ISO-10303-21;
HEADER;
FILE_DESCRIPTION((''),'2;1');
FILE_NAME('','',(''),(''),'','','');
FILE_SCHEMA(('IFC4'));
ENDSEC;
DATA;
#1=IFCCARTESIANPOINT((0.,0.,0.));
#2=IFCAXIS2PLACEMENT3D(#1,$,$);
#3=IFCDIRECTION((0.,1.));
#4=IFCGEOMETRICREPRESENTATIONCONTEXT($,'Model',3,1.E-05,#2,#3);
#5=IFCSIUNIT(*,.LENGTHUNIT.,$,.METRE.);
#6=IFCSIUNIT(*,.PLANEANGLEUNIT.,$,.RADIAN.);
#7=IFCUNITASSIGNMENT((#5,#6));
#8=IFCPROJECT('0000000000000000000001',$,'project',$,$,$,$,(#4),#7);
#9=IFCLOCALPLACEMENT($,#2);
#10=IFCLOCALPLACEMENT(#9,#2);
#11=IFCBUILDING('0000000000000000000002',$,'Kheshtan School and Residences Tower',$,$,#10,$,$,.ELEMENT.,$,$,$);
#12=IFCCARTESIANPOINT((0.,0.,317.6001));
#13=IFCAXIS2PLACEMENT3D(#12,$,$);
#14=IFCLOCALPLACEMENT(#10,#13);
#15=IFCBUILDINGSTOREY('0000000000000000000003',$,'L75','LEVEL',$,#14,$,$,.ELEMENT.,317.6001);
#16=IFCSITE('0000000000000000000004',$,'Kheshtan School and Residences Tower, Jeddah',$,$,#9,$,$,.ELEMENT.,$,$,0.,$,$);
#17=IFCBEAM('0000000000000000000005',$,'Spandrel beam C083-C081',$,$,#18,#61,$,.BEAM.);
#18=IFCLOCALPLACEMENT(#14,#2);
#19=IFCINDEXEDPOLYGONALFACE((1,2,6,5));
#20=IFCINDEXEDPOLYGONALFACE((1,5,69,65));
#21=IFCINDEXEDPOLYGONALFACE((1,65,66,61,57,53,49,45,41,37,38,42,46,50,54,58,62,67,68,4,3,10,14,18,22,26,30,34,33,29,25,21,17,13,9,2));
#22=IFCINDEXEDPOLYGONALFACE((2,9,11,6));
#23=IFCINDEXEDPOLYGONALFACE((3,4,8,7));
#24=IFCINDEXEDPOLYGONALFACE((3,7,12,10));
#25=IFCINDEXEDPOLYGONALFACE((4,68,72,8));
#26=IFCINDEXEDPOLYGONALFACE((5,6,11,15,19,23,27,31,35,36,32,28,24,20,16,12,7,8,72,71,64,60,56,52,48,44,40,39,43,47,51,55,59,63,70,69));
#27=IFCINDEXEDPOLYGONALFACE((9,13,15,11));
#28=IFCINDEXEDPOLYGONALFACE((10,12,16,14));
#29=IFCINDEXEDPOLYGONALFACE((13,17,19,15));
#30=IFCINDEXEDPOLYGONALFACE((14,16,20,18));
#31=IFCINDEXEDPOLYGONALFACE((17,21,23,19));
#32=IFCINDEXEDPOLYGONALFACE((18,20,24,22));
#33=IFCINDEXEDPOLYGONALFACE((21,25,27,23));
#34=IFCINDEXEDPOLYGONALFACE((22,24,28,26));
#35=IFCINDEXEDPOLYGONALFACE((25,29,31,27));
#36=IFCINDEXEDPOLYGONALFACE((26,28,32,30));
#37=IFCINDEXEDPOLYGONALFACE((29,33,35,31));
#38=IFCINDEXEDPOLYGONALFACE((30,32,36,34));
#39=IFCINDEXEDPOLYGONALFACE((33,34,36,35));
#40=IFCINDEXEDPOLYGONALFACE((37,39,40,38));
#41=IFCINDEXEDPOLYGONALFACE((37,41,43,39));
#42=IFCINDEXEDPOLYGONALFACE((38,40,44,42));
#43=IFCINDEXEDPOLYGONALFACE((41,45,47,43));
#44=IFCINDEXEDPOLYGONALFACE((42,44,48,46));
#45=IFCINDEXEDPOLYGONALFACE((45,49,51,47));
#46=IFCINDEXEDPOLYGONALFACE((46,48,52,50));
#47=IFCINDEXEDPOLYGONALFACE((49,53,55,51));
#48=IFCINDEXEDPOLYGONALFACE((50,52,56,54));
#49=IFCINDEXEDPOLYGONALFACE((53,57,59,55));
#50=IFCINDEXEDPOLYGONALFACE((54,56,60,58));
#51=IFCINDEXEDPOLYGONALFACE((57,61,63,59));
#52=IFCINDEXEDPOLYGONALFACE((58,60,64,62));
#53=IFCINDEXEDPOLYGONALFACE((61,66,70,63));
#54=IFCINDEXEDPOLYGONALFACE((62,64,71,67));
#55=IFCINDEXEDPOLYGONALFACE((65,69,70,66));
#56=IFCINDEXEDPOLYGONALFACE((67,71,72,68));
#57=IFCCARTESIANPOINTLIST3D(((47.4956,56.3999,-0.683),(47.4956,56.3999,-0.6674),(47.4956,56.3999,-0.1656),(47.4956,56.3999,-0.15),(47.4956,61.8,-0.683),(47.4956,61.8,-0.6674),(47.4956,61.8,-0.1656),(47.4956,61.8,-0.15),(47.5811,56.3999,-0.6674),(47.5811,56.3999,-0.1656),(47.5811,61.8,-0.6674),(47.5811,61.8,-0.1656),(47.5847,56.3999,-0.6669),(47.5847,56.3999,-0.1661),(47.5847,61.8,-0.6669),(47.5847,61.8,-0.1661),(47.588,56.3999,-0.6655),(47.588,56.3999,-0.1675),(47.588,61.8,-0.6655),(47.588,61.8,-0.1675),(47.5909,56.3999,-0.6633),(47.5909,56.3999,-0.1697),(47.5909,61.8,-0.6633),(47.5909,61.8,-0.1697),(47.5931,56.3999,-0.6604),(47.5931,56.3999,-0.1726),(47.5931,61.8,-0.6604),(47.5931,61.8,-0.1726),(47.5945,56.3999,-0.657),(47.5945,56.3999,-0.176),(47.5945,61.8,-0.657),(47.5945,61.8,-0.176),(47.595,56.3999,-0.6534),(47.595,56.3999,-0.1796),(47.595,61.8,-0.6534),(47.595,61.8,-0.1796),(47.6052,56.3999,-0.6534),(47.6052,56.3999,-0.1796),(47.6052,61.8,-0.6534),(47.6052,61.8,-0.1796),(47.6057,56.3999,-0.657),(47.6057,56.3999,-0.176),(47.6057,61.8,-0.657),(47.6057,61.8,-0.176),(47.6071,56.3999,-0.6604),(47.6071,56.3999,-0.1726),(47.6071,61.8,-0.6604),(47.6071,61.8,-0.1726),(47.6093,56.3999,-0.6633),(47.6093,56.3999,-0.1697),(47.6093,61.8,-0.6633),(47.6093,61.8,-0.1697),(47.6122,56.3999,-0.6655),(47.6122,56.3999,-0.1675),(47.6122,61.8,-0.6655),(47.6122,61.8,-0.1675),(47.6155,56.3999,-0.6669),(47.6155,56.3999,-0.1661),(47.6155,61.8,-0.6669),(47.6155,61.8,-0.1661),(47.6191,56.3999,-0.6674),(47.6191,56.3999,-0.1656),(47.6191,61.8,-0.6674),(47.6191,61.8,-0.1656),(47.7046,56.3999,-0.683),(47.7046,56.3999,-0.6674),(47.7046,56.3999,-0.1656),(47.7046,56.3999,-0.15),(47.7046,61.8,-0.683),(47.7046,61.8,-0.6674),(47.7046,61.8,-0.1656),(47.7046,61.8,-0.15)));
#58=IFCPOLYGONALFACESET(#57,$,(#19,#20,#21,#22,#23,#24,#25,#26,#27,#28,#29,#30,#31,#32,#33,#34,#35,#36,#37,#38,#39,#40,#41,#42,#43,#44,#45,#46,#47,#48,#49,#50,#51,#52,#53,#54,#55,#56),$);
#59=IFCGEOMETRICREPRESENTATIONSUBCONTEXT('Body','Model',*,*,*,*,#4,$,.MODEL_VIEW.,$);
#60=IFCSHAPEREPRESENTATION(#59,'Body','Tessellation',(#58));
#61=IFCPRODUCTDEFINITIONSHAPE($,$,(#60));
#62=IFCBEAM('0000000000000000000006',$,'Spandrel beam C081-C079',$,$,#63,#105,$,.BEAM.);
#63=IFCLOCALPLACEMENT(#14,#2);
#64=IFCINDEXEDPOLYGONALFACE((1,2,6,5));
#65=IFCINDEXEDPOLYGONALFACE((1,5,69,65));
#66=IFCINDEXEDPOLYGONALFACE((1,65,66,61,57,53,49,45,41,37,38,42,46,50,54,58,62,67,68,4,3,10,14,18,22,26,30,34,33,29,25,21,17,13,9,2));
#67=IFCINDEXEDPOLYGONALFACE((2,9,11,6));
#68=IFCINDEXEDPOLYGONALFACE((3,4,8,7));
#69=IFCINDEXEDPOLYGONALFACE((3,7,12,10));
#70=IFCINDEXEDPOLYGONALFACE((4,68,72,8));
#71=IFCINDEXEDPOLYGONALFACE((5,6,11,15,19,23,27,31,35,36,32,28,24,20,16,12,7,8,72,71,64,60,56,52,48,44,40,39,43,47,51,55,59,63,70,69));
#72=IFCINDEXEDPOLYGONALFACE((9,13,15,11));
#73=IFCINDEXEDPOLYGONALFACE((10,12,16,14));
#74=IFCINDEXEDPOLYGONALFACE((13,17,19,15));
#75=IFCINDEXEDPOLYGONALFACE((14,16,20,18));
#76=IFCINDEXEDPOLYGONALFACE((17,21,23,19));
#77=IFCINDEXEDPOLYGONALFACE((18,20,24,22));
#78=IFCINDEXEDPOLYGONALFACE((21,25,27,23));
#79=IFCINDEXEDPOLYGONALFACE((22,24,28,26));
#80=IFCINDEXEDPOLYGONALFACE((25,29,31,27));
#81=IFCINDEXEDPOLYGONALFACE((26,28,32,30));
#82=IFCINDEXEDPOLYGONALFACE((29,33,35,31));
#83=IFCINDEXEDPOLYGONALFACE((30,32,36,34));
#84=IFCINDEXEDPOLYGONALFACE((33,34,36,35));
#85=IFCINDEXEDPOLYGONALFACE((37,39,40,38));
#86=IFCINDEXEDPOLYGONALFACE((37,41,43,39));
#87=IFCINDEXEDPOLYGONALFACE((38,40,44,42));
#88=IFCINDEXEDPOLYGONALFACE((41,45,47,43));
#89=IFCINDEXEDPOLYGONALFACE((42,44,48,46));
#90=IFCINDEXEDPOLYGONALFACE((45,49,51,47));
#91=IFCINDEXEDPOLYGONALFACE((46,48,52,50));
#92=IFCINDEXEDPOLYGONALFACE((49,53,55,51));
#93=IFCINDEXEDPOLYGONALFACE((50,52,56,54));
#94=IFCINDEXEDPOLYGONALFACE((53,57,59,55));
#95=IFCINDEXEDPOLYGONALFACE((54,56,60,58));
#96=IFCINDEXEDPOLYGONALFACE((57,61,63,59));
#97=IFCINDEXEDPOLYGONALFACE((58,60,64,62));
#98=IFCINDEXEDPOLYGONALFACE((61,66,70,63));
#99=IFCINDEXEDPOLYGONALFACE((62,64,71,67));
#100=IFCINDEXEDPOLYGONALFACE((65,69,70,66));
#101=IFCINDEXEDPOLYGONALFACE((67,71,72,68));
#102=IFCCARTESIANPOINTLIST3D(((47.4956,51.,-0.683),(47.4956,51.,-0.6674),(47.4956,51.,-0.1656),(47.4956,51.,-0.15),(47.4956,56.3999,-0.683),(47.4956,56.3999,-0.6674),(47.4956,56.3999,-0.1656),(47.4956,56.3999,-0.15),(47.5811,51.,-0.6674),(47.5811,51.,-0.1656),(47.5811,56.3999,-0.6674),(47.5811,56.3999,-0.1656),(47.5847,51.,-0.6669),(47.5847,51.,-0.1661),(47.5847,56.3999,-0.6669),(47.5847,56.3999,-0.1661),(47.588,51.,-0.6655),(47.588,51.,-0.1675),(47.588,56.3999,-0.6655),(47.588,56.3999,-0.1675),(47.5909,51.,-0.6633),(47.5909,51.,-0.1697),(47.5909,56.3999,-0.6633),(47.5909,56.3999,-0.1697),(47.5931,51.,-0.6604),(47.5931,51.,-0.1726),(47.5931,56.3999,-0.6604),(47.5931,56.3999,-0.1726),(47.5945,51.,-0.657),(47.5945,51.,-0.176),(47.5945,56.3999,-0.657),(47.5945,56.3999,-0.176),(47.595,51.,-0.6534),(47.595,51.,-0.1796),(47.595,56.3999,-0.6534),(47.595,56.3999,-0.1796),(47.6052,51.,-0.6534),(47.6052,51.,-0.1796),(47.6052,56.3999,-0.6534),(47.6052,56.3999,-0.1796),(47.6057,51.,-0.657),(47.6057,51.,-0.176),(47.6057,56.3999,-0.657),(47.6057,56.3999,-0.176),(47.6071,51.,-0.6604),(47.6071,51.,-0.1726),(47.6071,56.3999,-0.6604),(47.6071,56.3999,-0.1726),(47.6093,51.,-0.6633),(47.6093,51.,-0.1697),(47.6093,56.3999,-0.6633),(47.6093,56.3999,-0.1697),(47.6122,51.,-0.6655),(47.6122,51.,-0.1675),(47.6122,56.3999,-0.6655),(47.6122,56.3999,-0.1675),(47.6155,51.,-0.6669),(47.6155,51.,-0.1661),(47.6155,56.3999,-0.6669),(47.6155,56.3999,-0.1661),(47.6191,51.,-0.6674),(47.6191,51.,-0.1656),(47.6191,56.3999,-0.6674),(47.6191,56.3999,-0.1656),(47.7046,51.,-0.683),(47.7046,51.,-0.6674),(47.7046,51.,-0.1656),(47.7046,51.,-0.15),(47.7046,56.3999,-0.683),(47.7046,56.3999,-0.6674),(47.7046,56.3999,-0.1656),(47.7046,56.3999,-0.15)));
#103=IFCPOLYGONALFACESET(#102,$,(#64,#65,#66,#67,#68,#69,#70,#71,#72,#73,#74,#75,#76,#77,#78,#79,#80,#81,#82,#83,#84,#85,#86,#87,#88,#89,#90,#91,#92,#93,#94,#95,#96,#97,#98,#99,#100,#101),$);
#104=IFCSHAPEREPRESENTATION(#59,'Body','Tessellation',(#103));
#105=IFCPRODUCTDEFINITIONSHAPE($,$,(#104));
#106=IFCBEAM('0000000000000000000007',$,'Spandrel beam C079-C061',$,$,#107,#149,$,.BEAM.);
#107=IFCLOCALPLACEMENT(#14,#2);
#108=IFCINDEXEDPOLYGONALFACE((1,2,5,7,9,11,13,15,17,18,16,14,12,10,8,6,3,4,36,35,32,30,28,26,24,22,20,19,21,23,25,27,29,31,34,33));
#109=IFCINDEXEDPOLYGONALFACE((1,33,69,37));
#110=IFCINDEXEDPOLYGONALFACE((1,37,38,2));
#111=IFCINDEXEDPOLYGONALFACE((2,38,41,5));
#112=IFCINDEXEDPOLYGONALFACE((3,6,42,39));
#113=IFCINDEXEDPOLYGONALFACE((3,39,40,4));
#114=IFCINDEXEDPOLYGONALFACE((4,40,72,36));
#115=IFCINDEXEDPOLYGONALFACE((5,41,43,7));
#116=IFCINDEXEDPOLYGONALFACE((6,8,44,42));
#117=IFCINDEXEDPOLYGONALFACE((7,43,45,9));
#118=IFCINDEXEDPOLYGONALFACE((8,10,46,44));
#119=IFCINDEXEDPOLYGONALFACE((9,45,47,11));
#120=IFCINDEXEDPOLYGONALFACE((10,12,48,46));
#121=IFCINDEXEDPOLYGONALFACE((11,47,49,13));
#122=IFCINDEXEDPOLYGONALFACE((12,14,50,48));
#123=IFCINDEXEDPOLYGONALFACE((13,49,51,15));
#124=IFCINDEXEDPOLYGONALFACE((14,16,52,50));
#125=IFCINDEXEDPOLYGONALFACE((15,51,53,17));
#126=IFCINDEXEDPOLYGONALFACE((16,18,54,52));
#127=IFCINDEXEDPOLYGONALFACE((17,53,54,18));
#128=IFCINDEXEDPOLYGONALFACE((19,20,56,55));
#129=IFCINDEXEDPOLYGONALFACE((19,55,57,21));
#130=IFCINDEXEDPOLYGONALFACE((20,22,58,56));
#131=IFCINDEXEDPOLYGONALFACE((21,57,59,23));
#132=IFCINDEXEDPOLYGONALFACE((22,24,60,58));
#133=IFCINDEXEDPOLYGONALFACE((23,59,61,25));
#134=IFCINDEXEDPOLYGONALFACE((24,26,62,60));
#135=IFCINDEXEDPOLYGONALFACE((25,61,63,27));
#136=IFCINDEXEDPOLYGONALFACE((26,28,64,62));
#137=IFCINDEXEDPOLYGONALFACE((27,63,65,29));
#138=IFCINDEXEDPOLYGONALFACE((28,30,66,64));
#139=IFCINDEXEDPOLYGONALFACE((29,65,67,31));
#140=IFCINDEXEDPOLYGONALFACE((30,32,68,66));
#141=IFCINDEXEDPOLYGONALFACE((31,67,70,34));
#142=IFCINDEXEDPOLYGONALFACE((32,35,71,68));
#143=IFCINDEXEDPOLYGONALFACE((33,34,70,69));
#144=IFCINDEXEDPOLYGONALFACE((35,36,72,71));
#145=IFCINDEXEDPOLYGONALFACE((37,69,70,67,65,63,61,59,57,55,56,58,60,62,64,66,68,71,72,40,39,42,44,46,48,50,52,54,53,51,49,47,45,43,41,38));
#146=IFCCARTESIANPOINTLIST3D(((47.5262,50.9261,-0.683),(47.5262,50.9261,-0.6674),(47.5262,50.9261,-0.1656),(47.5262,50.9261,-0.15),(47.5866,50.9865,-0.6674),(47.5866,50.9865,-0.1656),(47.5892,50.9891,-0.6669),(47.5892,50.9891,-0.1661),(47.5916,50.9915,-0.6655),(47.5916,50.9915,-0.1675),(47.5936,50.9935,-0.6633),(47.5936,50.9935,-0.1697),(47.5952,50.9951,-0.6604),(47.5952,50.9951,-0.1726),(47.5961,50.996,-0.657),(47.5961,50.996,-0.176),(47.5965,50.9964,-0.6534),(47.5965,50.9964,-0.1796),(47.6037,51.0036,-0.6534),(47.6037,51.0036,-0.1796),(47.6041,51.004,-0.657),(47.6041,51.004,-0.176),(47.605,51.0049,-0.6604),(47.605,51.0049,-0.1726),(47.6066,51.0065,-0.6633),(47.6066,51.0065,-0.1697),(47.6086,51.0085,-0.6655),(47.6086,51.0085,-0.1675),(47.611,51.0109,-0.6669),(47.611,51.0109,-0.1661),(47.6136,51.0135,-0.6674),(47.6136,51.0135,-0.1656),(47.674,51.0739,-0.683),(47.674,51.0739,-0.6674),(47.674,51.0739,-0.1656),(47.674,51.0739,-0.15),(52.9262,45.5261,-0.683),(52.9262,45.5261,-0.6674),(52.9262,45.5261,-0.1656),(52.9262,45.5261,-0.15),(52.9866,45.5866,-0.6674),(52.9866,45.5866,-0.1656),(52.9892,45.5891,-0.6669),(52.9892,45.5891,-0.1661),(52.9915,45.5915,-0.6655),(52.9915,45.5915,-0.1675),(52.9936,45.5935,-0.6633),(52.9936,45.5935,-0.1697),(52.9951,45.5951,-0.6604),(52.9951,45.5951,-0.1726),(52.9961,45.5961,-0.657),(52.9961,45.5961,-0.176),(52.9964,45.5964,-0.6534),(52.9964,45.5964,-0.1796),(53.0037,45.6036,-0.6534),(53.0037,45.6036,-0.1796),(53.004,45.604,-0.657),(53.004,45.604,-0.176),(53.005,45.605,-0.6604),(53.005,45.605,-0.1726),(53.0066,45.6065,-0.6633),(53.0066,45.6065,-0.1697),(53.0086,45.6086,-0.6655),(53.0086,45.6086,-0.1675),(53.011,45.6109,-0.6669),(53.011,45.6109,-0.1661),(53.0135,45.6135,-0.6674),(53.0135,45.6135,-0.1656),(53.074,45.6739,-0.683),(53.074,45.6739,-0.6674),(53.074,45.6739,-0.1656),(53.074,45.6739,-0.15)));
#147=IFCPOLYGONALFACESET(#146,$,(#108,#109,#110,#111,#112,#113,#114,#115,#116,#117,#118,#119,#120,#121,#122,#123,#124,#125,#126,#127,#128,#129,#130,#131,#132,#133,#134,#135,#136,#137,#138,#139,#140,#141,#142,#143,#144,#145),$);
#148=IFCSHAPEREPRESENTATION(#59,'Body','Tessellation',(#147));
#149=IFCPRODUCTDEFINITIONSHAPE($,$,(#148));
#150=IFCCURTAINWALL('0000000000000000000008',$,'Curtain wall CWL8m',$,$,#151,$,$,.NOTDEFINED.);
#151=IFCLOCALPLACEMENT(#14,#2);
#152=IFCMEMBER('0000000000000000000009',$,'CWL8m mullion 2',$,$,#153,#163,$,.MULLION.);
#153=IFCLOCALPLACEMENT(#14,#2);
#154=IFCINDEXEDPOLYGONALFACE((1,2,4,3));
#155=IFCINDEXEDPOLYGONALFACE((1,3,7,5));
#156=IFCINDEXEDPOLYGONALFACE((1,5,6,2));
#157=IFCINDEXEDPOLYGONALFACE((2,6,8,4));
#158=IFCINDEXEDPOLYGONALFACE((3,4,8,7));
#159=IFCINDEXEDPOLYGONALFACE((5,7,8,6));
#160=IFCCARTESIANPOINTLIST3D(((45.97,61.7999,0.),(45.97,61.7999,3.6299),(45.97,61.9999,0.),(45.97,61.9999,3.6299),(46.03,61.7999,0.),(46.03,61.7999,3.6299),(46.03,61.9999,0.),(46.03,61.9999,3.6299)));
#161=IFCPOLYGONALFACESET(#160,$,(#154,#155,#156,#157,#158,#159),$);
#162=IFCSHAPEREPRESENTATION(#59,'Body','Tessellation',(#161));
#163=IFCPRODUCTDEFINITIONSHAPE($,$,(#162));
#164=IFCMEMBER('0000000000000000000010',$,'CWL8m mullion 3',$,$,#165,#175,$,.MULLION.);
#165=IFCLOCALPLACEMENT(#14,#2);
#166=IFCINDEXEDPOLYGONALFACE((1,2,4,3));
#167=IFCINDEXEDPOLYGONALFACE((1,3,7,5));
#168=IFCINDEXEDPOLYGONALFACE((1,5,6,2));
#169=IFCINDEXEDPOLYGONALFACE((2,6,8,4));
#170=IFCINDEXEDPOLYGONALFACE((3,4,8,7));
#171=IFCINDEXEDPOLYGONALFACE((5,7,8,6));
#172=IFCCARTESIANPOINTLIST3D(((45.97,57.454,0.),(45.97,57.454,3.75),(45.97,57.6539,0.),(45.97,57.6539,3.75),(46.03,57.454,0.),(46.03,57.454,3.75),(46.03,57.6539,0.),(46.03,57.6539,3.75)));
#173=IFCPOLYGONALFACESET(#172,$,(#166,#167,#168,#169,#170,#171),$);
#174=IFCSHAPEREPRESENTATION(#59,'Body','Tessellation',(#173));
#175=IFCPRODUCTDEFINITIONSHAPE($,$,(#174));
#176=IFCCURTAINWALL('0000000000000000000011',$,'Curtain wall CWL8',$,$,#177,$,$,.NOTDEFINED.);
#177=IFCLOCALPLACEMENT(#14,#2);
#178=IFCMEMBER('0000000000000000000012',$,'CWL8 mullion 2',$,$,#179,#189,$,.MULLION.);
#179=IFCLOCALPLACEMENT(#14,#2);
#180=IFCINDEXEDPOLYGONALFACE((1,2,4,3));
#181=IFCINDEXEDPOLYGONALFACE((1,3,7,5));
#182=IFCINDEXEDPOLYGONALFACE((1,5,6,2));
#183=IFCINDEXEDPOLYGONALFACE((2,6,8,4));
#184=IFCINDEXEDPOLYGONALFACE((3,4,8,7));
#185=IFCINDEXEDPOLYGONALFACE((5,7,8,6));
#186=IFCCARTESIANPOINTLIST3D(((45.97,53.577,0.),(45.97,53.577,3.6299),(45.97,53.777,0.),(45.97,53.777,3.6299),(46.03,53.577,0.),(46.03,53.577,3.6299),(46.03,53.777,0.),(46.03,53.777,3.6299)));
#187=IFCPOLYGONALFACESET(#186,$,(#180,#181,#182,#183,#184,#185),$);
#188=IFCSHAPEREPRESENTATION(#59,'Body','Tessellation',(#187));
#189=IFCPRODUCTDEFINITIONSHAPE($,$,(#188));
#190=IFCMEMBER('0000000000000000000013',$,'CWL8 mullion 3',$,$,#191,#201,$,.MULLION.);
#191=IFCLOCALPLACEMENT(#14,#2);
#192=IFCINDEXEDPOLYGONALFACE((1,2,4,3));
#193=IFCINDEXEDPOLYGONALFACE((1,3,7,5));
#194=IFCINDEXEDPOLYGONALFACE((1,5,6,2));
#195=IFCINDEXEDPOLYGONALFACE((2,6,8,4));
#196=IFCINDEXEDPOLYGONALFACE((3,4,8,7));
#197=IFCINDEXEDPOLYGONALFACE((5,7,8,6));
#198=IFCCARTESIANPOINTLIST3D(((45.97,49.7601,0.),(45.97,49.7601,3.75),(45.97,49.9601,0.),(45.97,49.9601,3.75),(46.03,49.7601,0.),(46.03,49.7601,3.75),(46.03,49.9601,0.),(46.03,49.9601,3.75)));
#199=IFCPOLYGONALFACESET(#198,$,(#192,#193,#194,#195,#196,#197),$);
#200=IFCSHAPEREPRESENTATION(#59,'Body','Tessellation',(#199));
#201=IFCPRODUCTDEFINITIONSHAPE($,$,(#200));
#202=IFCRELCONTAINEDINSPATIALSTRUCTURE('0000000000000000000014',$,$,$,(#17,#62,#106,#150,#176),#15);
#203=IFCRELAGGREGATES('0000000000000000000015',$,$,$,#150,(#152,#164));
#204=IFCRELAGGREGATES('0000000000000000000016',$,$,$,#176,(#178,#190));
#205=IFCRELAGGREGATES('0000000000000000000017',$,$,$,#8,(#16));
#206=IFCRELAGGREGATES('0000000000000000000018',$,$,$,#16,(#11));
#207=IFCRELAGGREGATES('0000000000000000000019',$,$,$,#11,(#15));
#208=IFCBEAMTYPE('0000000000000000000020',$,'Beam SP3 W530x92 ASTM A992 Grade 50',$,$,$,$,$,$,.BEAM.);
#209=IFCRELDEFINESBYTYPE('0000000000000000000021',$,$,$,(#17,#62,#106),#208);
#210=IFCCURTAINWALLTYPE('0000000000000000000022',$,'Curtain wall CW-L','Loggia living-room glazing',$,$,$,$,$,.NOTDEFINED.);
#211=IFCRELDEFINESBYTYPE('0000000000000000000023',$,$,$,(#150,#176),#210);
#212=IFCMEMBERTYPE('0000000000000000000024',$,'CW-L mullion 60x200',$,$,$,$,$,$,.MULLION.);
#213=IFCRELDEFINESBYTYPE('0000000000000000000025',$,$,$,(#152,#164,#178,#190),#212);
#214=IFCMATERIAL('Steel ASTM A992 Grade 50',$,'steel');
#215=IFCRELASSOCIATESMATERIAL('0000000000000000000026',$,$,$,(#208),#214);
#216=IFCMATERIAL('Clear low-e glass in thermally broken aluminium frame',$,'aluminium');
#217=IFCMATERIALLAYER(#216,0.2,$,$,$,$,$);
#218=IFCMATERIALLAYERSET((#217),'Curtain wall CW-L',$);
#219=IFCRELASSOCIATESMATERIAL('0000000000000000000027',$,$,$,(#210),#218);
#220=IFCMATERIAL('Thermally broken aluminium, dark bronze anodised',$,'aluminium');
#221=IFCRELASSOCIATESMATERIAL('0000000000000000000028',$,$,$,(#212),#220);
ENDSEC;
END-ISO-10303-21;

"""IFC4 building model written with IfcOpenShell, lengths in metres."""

from ifc_helpers import new_model, si_unit, direction, frame, origin, origin_2d, place, context, subcontext, project, spatial, rectangle, i_section, extrude, material, layer, layer_set, material_profile, profile_set, type_object, element, aggregate, save


model = new_model("IFC4")

# Units and contexts
model_context = context("Model", 3, precision=1e-05, world=origin(), true_north=direction((0.0, 1.0)))
body_context = subcontext(model_context, "Body", "Model", "MODEL_VIEW")
ifc_project = project(units=[si_unit("LENGTHUNIT", "METRE"), si_unit("PLANEANGLEUNIT", "RADIAN")], contexts=[model_context])

# Site, building, storey
site_placement = place(None, origin())
site = spatial("IfcSite", under=ifc_project, at=site_placement, Name="Kheshtan School and Residences Tower, Jeddah", CompositionType="ELEMENT", RefElevation=0.0)
building_placement = place(site_placement, origin())
building = spatial("IfcBuilding", under=site, at=building_placement, Name="Kheshtan School and Residences Tower", CompositionType="ELEMENT")
storey_placement = place(building_placement, frame((0.0, 0.0, 317.6001)))
storey = spatial("IfcBuildingStorey", under=building, at=storey_placement, Name="L75", Description="LEVEL", CompositionType="ELEMENT", Elevation=317.6001)

# Shared definitions
ifc_material_1 = material(Name="Steel ASTM A992 Grade 50", Category="steel")

# Beams
ifc_material_profile_1 = material_profile(ifc_material_1, i_section(OverallWidth=0.209, OverallDepth=0.533, WebThickness=0.0103, FlangeThickness=0.0156, FilletRadius=0.0139, at=origin_2d()), Name="W530x92")
ifc_profile_set_1 = profile_set([ifc_material_profile_1], Name="Steel ASTM A992 Grade 50")
beam_type_1 = type_object("IfcBeamType", Name="Beam SP3 W530x92 ASTM A992 Grade 50", PredefinedType="BEAM", material=ifc_profile_set_1)
beam_1_placement = place(storey_placement, frame((47.6001, 61.8, -0.4165), z_axis=(0.0, -1.0, 0.0), x_axis=(1.0, 0.0, 0.0)))
element("IfcBeam", 1, at=beam_1_placement, inside=storey, type_object=beam_type_1, Name="Spandrel beam C083-C081", PredefinedType="BEAM", context=body_context, shape_type="SweptSolid", body=[
    extrude(i_section(OverallWidth=0.209, OverallDepth=0.533, WebThickness=0.0103, FlangeThickness=0.0156, FilletRadius=0.0139, at=origin_2d()), origin(), (0.0, 0.0, 1.0), 5.4001),
])
beam_2_placement = place(storey_placement, frame((47.6001, 56.3999, -0.4165), z_axis=(0.0, -1.0, 0.0), x_axis=(1.0, 0.0, 0.0)))
element("IfcBeam", 2, at=beam_2_placement, inside=storey, type_object=beam_type_1, Name="Spandrel beam C081-C079", PredefinedType="BEAM", context=body_context, shape_type="SweptSolid", body=[
    extrude(i_section(OverallWidth=0.209, OverallDepth=0.533, WebThickness=0.0103, FlangeThickness=0.0156, FilletRadius=0.0139, at=origin_2d()), origin(), (0.0, 0.0, 1.0), 5.3999),
])
beam_3_placement = place(storey_placement, frame((47.6001, 51.0, -0.4165), z_axis=(0.707107, -0.707107, 0.0), x_axis=(0.707107, 0.707107, 0.0)))
element("IfcBeam", 3, at=beam_3_placement, inside=storey, type_object=beam_type_1, Name="Spandrel beam C079-C061", PredefinedType="BEAM", context=body_context, shape_type="SweptSolid", body=[
    extrude(i_section(OverallWidth=0.209, OverallDepth=0.533, WebThickness=0.0103, FlangeThickness=0.0156, FilletRadius=0.0139, at=origin_2d()), origin(), (0.0, 0.0, 1.0), 7.6367),
])

# Curtain walls, members
ifc_material_2 = material(Name="Clear low-e glass in thermally broken aluminium frame", Category="aluminium")
ifc_layer_1 = layer(ifc_material_2, 0.2)
ifc_layer_set_1 = layer_set([ifc_layer_1], Name="Curtain wall CW-L")
curtain_wall_type = type_object("IfcCurtainWallType", Name="Curtain wall CW-L", Description="Loggia living-room glazing", PredefinedType="NOTDEFINED", material=ifc_layer_set_1)
curtain_wall_1_placement = place(storey_placement, origin())
curtain_wall_1 = element("IfcCurtainWall", 4, at=curtain_wall_1_placement, inside=storey, type_object=curtain_wall_type, Name="Curtain wall CWL8m", PredefinedType="NOTDEFINED")
ifc_material_3 = material(Name="Thermally broken aluminium, dark bronze anodised", Category="aluminium")
ifc_material_profile_2 = material_profile(ifc_material_3, rectangle(XDim=0.0601, YDim=0.2, at=origin_2d()), Name="CW-L mullion 60x200")
ifc_profile_set_2 = profile_set([ifc_material_profile_2], Name="Thermally broken aluminium, dark bronze anodised")
member_type_1 = type_object("IfcMemberType", Name="CW-L mullion 60x200", PredefinedType="MULLION", material=ifc_profile_set_2)
member_1_placement = place(storey_placement, frame((46.0, 61.8999, 0.0), z_axis=(0.0, 0.0, 1.0), x_axis=(1.0, 0.0, 0.0)))
member_1 = element("IfcMember", 5, at=member_1_placement, type_object=member_type_1, Name="CWL8m mullion 2", PredefinedType="MULLION", context=body_context, shape_type="SweptSolid", body=[
    extrude(rectangle(XDim=0.0601, YDim=0.2, at=origin_2d()), origin(), (0.0, 0.0, 1.0), 3.6299),
])
member_2_placement = place(storey_placement, frame((46.0, 57.554, 0.0), z_axis=(0.0, 0.0, 1.0), x_axis=(1.0, 0.0, 0.0)))
member_2 = element("IfcMember", 6, at=member_2_placement, type_object=member_type_1, Name="CWL8m mullion 3", PredefinedType="MULLION", context=body_context, shape_type="SweptSolid", body=[
    extrude(rectangle(XDim=0.0601, YDim=0.2, at=origin_2d()), origin(), (0.0, 0.0, 1.0), 3.75),
])
curtain_wall_2_placement = place(storey_placement, origin())
curtain_wall_2 = element("IfcCurtainWall", 7, at=curtain_wall_2_placement, inside=storey, type_object=curtain_wall_type, Name="Curtain wall CWL8", PredefinedType="NOTDEFINED")
member_3_placement = place(storey_placement, frame((46.0, 53.677, 0.0), z_axis=(0.0, 0.0, 1.0), x_axis=(1.0, 0.0, 0.0)))
member_3 = element("IfcMember", 8, at=member_3_placement, type_object=member_type_1, Name="CWL8 mullion 2", PredefinedType="MULLION", context=body_context, shape_type="SweptSolid", body=[
    extrude(rectangle(XDim=0.0601, YDim=0.2, at=origin_2d()), origin(), (0.0, 0.0, 1.0), 3.6299),
])
member_4_placement = place(storey_placement, frame((46.0, 49.8601, 0.0), z_axis=(0.0, 0.0, 1.0), x_axis=(1.0, 0.0, 0.0)))
member_4 = element("IfcMember", 9, at=member_4_placement, type_object=member_type_1, Name="CWL8 mullion 3", PredefinedType="MULLION", context=body_context, shape_type="SweptSolid", body=[
    extrude(rectangle(XDim=0.0601, YDim=0.2, at=origin_2d()), origin(), (0.0, 0.0, 1.0), 3.75),
])

aggregate(curtain_wall_1, [member_1, member_2])
aggregate(curtain_wall_2, [member_3, member_4])

save(model, "model.ifc")
